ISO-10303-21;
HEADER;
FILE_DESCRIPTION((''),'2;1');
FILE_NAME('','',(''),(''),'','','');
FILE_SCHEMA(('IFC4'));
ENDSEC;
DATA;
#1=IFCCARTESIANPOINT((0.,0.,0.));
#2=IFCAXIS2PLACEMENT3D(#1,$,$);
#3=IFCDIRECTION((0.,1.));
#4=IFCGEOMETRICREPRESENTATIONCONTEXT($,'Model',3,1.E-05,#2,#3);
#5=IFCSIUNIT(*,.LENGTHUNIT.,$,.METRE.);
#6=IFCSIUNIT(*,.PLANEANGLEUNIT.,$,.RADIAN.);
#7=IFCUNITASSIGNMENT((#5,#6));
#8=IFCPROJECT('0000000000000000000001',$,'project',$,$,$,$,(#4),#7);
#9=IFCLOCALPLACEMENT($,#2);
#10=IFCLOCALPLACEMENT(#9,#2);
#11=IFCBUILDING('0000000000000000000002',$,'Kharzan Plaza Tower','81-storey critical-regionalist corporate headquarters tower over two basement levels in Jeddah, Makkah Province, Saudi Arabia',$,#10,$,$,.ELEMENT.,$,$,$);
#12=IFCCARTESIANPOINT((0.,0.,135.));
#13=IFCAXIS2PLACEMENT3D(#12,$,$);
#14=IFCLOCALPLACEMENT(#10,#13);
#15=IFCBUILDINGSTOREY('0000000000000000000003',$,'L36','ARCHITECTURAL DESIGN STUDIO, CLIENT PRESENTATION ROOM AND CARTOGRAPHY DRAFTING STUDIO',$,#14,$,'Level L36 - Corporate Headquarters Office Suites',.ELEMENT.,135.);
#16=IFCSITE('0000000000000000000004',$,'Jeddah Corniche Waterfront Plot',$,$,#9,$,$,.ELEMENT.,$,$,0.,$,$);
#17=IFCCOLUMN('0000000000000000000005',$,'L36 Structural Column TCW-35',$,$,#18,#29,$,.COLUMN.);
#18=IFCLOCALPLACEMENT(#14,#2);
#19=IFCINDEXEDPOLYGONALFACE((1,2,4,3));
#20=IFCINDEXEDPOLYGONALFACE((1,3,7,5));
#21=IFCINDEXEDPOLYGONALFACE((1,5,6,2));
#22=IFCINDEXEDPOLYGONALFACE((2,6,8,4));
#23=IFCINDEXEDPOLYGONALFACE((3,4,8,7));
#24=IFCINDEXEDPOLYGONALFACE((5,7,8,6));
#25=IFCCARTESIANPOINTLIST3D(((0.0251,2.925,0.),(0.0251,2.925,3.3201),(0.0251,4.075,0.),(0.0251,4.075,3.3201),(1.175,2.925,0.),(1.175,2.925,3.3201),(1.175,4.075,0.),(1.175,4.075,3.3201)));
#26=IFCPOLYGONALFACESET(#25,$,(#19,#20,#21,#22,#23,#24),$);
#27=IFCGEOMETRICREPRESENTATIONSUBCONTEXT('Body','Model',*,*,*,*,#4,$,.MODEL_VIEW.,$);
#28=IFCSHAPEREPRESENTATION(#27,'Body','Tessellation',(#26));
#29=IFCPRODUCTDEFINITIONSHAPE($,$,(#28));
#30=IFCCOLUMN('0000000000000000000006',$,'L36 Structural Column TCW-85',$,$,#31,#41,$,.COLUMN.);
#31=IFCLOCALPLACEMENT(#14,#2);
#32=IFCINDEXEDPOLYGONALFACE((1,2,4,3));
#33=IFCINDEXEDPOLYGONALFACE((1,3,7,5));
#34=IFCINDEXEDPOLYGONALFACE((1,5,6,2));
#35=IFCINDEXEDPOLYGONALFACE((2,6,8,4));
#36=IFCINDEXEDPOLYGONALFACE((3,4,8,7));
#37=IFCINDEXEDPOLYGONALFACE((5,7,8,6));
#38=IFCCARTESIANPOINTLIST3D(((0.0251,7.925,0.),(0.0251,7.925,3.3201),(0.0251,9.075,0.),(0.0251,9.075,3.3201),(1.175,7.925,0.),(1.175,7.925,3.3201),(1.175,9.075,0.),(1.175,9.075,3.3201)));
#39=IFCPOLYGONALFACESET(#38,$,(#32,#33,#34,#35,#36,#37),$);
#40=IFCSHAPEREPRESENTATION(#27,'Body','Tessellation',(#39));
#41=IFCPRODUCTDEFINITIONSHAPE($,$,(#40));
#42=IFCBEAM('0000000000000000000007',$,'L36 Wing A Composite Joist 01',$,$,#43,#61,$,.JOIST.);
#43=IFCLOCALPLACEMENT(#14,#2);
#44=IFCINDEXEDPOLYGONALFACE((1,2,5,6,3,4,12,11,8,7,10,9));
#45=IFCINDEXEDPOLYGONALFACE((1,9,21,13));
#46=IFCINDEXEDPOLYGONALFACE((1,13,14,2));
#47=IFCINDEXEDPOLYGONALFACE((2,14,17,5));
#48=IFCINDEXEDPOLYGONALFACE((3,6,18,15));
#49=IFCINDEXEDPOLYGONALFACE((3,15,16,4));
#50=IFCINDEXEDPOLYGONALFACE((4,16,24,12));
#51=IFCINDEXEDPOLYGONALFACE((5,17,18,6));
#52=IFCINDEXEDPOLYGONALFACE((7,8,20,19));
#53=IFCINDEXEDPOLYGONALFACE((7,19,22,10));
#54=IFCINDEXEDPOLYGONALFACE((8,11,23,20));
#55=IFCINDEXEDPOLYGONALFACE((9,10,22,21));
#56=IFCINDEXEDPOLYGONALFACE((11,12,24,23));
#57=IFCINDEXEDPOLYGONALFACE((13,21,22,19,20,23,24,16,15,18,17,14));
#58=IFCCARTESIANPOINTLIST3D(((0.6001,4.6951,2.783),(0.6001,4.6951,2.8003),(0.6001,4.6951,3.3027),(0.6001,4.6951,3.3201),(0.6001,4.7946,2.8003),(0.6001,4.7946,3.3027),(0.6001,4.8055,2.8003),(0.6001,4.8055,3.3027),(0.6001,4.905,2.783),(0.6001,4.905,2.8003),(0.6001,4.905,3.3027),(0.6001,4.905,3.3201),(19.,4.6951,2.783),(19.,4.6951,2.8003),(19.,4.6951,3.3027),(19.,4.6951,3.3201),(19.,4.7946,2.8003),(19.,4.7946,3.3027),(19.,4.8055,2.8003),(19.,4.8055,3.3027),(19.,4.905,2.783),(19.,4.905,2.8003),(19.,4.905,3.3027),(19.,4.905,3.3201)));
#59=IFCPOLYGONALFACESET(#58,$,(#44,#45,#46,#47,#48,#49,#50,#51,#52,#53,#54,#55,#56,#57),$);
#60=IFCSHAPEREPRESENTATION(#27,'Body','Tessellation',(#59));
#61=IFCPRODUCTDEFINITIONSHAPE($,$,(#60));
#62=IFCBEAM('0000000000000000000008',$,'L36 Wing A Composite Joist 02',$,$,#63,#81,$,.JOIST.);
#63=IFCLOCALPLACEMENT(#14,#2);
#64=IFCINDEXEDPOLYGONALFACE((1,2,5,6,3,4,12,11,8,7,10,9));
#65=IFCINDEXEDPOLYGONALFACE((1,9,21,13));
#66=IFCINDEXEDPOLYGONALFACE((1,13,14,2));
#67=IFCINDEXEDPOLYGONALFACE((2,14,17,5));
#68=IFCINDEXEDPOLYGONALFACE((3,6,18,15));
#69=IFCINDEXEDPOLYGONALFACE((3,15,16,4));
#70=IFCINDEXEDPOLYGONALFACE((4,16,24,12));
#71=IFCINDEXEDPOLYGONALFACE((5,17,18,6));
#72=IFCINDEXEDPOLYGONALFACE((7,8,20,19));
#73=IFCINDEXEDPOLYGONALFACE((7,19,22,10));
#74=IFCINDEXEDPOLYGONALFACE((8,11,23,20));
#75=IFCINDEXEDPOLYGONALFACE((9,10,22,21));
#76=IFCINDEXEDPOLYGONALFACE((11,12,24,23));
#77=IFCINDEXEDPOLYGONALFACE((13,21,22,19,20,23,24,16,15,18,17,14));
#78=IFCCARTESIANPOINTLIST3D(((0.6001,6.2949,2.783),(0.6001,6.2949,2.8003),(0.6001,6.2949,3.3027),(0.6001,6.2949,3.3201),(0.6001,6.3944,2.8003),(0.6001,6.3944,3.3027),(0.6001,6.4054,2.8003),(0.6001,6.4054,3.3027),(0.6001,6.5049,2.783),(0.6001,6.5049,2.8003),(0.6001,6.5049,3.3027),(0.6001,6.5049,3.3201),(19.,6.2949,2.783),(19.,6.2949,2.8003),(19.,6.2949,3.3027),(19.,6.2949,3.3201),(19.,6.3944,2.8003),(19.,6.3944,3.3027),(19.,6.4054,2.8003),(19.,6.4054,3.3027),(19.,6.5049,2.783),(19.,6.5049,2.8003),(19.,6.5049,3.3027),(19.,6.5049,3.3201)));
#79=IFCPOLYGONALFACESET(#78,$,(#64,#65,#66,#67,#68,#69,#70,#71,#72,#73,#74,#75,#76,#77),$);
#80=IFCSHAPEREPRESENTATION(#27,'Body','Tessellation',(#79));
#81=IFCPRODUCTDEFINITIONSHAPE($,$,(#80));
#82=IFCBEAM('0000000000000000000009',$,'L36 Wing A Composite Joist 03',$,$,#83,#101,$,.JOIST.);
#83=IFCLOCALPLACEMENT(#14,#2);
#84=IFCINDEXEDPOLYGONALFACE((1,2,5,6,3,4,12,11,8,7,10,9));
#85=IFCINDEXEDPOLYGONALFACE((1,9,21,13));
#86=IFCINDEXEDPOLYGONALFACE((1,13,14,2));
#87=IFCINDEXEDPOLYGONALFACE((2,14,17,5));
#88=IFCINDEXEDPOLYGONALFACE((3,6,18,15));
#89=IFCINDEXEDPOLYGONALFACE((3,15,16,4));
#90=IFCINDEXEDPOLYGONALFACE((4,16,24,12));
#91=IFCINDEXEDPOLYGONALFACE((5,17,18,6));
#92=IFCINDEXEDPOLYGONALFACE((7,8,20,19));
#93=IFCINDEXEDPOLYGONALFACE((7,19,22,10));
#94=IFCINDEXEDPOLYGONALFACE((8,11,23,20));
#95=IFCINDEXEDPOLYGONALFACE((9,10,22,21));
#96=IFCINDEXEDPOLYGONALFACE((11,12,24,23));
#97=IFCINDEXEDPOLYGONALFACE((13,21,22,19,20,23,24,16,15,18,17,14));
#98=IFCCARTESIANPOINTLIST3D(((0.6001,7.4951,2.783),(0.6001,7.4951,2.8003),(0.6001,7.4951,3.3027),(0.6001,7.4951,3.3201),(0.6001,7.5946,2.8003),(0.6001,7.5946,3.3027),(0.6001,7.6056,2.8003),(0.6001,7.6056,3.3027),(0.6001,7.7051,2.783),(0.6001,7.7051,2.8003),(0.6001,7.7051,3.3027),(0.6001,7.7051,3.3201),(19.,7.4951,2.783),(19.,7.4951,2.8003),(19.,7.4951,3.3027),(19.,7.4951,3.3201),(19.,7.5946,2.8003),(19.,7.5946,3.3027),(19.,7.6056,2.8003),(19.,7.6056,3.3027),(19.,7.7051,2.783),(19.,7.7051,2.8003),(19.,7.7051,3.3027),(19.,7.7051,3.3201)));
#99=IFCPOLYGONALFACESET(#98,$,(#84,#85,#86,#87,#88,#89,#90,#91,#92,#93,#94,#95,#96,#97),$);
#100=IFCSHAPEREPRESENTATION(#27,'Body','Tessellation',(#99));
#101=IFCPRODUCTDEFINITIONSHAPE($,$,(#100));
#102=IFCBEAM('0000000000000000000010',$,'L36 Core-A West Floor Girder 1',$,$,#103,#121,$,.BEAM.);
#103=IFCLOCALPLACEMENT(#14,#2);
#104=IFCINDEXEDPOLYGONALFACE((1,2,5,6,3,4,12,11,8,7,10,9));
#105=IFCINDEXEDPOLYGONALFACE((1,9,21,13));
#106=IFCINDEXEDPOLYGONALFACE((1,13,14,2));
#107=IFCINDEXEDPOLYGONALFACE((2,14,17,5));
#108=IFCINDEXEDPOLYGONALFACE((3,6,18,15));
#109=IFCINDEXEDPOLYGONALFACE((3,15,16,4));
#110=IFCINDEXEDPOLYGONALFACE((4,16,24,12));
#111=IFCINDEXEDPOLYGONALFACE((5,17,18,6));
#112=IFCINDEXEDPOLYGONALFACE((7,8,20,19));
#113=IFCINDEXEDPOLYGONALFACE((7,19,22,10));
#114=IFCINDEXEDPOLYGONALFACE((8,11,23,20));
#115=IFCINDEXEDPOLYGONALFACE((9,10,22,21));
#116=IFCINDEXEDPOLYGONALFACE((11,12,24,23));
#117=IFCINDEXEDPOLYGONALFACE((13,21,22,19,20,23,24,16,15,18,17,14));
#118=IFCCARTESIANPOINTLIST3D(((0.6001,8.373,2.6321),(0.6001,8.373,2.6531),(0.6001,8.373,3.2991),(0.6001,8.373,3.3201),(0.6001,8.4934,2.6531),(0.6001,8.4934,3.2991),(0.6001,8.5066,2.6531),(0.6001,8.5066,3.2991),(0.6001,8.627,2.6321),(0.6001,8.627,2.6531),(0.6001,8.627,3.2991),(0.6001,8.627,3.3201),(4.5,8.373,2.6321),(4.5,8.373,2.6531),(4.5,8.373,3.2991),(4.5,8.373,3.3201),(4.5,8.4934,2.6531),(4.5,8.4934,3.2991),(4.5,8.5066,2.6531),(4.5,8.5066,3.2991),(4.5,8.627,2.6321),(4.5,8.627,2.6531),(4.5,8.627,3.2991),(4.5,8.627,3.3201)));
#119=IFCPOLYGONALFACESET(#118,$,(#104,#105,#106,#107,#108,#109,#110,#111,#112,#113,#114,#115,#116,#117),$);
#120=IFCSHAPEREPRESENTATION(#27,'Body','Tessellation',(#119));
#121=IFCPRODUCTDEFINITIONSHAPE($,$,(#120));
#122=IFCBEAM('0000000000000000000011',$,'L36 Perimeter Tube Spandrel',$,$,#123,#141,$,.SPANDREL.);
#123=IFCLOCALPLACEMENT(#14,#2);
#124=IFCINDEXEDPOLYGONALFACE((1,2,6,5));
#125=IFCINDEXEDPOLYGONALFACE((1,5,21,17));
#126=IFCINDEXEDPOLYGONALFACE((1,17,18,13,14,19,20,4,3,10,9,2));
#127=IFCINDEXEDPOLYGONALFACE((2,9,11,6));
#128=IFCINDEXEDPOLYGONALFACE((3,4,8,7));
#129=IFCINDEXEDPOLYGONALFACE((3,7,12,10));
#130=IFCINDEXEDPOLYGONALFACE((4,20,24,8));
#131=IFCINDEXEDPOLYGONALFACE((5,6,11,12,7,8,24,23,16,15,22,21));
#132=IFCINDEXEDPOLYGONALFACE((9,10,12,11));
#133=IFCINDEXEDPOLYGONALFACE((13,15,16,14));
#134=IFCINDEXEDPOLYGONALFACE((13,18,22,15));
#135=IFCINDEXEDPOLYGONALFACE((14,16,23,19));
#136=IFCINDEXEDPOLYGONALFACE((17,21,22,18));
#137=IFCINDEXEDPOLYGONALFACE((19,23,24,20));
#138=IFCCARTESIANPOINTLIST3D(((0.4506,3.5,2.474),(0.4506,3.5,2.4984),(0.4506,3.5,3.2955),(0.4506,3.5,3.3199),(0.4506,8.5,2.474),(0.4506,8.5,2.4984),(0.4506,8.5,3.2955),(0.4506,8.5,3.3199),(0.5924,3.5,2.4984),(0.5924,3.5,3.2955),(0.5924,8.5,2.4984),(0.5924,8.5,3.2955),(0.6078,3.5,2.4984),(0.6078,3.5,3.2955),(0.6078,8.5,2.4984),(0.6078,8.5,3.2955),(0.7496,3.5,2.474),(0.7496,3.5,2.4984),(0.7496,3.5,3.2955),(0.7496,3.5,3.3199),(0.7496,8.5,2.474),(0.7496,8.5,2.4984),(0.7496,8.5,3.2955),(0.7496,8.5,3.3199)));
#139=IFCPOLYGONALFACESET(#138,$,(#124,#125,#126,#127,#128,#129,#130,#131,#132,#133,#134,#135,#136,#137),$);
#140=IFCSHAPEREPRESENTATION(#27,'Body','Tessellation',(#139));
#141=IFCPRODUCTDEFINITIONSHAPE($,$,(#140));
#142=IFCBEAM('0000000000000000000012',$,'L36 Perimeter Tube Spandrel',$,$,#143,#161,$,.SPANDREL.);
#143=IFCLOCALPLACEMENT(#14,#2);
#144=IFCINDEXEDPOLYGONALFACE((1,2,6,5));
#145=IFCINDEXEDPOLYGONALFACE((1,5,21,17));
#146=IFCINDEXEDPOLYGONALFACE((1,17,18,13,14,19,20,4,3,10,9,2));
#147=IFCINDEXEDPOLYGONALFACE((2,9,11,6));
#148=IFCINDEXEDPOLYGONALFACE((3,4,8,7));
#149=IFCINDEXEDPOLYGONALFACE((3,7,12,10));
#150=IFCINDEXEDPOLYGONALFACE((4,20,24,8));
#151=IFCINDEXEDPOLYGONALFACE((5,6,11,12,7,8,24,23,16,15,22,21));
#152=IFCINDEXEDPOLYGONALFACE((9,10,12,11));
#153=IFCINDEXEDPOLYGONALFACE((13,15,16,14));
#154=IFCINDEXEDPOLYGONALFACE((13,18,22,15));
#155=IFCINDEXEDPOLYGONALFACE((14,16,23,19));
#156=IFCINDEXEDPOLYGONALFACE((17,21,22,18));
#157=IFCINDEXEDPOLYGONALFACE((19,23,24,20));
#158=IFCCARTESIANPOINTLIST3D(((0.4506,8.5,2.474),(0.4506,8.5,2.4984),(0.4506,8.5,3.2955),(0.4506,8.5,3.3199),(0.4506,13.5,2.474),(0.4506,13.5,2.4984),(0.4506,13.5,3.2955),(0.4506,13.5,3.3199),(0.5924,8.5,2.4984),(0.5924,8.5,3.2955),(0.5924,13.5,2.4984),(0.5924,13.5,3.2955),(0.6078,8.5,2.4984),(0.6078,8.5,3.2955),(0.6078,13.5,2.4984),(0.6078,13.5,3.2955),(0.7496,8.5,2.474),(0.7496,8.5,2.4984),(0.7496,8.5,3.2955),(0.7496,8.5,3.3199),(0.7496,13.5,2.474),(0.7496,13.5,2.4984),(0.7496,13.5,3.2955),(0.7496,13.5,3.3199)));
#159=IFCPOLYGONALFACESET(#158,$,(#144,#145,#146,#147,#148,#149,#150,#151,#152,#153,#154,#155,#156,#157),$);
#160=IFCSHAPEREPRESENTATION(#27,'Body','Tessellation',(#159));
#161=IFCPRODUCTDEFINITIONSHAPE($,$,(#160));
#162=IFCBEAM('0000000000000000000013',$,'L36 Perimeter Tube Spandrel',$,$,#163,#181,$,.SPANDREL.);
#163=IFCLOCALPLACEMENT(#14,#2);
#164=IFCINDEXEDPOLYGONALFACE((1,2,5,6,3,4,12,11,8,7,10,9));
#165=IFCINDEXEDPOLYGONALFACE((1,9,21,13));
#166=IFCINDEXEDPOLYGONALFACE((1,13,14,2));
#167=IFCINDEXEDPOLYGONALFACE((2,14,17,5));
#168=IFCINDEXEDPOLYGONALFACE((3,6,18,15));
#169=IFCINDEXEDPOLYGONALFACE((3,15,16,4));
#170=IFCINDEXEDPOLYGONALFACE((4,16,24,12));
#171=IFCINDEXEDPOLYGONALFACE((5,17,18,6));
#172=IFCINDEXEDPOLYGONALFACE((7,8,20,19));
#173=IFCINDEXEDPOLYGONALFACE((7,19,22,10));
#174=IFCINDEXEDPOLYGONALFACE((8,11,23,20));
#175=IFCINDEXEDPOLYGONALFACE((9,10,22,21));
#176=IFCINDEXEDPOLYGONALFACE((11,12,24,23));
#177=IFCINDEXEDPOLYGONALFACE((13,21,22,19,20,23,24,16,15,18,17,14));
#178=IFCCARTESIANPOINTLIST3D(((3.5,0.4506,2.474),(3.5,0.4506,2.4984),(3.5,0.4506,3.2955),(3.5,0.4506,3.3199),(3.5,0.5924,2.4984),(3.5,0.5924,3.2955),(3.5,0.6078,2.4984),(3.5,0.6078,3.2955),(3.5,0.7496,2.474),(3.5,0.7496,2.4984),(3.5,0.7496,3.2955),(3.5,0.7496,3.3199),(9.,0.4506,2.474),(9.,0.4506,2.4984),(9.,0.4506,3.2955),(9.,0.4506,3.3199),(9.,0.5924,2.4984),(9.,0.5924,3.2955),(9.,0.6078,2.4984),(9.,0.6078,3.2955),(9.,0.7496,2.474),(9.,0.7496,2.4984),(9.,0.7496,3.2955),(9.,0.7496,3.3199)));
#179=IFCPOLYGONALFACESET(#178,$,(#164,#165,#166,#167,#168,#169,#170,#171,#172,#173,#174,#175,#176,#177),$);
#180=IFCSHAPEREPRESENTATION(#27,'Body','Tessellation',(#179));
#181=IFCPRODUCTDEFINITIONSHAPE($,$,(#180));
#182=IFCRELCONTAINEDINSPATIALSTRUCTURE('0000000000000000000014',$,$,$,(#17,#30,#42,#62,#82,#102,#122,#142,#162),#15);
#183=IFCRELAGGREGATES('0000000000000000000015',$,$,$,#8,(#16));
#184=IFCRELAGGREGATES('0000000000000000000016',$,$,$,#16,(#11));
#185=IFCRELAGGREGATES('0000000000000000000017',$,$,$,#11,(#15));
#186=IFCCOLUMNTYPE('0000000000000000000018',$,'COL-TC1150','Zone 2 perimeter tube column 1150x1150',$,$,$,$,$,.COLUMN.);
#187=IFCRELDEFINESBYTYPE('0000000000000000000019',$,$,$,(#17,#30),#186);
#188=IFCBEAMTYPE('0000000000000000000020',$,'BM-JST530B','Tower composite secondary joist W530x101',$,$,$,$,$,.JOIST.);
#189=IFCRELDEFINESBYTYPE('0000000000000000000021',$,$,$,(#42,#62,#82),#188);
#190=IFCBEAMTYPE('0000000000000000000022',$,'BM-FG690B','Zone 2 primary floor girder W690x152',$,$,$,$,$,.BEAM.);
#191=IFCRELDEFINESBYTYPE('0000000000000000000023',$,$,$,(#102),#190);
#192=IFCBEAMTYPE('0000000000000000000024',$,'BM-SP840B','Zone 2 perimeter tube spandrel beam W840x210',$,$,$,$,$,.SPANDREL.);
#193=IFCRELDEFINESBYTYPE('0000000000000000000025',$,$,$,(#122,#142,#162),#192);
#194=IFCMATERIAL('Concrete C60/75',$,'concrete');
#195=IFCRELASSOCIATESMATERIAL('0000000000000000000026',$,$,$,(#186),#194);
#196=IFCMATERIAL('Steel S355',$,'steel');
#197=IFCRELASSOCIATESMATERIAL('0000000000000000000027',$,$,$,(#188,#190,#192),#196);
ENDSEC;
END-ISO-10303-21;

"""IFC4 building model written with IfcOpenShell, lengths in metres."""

from ifc_helpers import new_model, si_unit, direction, frame, origin, origin_2d, place, context, subcontext, project, spatial, rectangle, i_section, extrude, source, transform, mapped, material, material_profile, profile_set, type_object, element, save


model = new_model("IFC4")

# Units and contexts
model_context = context("Model", 3, precision=1e-05, world=origin(), true_north=direction((0.0, 1.0)))
body_context = subcontext(model_context, "Body", "Model", "MODEL_VIEW")
ifc_project = project(units=[si_unit("LENGTHUNIT", "METRE"), si_unit("PLANEANGLEUNIT", "RADIAN")], contexts=[model_context])

# Site, building, storey
site_placement = place(None, origin())
site = spatial("IfcSite", under=ifc_project, at=site_placement, Name="Jeddah Corniche Waterfront Plot", CompositionType="ELEMENT", RefElevation=0.0)
building_placement = place(site_placement, origin())
building = spatial("IfcBuilding", under=site, at=building_placement, Name="Kharzan Plaza Tower", Description="81-storey critical-regionalist corporate headquarters tower over two basement levels in Jeddah, Makkah Province, Saudi Arabia", CompositionType="ELEMENT")
storey_placement = place(building_placement, frame((0.0, 0.0, 135.0)))
storey = spatial("IfcBuildingStorey", under=building, at=storey_placement, Name="L36", Description="ARCHITECTURAL DESIGN STUDIO, CLIENT PRESENTATION ROOM AND CARTOGRAPHY DRAFTING STUDIO", LongName="Level L36 - Corporate Headquarters Office Suites", CompositionType="ELEMENT", Elevation=135.0)

# Columns
ifc_material_1 = material(Name="Concrete C60/75", Category="concrete")
ifc_material_profile_1 = material_profile(ifc_material_1, rectangle(XDim=1.1499, YDim=1.1499, at=origin_2d()), Name="RC-TC1150x1150")
ifc_profile_set_1 = profile_set([ifc_material_profile_1], Name="Concrete C60/75")
column_type = type_object("IfcColumnType", Name="COL-TC1150", Description="Zone 2 perimeter tube column 1150x1150", PredefinedType="COLUMN", material=ifc_profile_set_1)
shared_shape_1 = source(origin(), body_context, "Body", "SweptSolid", [
    extrude(rectangle(XDim=1.1499, YDim=1.1499, at=origin_2d()), origin(), (0.0, 0.0, 1.0), 3.3201),
])
for number, where, z_axis, x_axis, name in (
    (1, (0.6001, 3.5, 0.0), (0.0, 0.0, 1.0), (1.0, 0.0, 0.0), "L36 Structural Column TCW-35"),
    (2, (0.6001, 8.5, 0.0), (0.0, 0.0, 1.0), (1.0, 0.0, 0.0), "L36 Structural Column TCW-85"),
):
    element("IfcColumn", number, at=place(storey_placement, frame(where, z_axis=z_axis, x_axis=x_axis)), inside=storey, type_object=column_type, Name=name, PredefinedType="COLUMN", context=body_context, shape_type="MappedRepresentation", body=[
        mapped(shared_shape_1, transform((0.0, 0.0, 0.0), x_axis=(1.0, 0.0, 0.0), y_axis=(0.0, 1.0, 0.0), z_axis=(0.0, 0.0, 1.0))),
    ])

# Beams
ifc_material_2 = material(Name="Steel S355", Category="steel")
ifc_material_profile_2 = material_profile(ifc_material_2, i_section(OverallWidth=0.21, OverallDepth=0.5371, WebThickness=0.011, FlangeThickness=0.0173, at=origin_2d()), Name="W530x101")
ifc_profile_set_2 = profile_set([ifc_material_profile_2], Name="Steel S355")
beam_type_1 = type_object("IfcBeamType", Name="BM-JST530B", Description="Tower composite secondary joist W530x101", PredefinedType="JOIST", material=ifc_profile_set_2)
shared_shape_2 = source(origin(), body_context, "Body", "SweptSolid", [
    extrude(i_section(OverallWidth=0.21, OverallDepth=0.5371, WebThickness=0.011, FlangeThickness=0.0173, at=origin_2d()), origin(), (0.0, 0.0, 1.0), 18.3999),
])
for number, where, z_axis, x_axis, name in (
    (3, (0.6001, 4.8, 3.0515), (1.0, 0.0, 0.0), (0.0, 1.0, 0.0), "L36 Wing A Composite Joist 01"),
    (4, (0.6001, 6.3999, 3.0515), (1.0, 0.0, 0.0), (0.0, 1.0, 0.0), "L36 Wing A Composite Joist 02"),
    (5, (0.6001, 7.6001, 3.0515), (1.0, 0.0, 0.0), (0.0, 1.0, 0.0), "L36 Wing A Composite Joist 03"),
):
    element("IfcBeam", number, at=place(storey_placement, frame(where, z_axis=z_axis, x_axis=x_axis)), inside=storey, type_object=beam_type_1, Name=name, PredefinedType="JOIST", context=body_context, shape_type="MappedRepresentation", body=[
        mapped(shared_shape_2, transform((0.0, 0.0, 0.0), x_axis=(1.0, 0.0, 0.0), y_axis=(0.0, 1.0, 0.0), z_axis=(0.0, 0.0, 1.0))),
    ])
ifc_material_profile_3 = material_profile(ifc_material_2, i_section(OverallWidth=0.2539, OverallDepth=0.688, WebThickness=0.0132, FlangeThickness=0.021, at=origin_2d()), Name="W690x152")
ifc_profile_set_3 = profile_set([ifc_material_profile_3], Name="Steel S355")
beam_type_2 = type_object("IfcBeamType", Name="BM-FG690B", Description="Zone 2 primary floor girder W690x152", PredefinedType="BEAM", material=ifc_profile_set_3)
shared_shape_3 = source(origin(), body_context, "Body", "SweptSolid", [
    extrude(i_section(OverallWidth=0.2539, OverallDepth=0.688, WebThickness=0.0132, FlangeThickness=0.021, at=origin_2d()), origin(), (0.0, 0.0, 1.0), 3.8999),
])
beam_1_placement = place(storey_placement, frame((0.6001, 8.5, 2.9761), z_axis=(1.0, 0.0, 0.0), x_axis=(0.0, 1.0, 0.0)))
element("IfcBeam", 6, at=beam_1_placement, inside=storey, type_object=beam_type_2, Name="L36 Core-A West Floor Girder 1", PredefinedType="BEAM", context=body_context, shape_type="MappedRepresentation", body=[
    mapped(shared_shape_3, transform((0.0, 0.0, 0.0), x_axis=(1.0, 0.0, 0.0), y_axis=(0.0, 1.0, 0.0), z_axis=(0.0, 0.0, 1.0))),
])
ifc_material_profile_4 = material_profile(ifc_material_2, i_section(OverallWidth=0.2991, OverallDepth=0.8459, WebThickness=0.0154, FlangeThickness=0.0244, at=origin_2d()), Name="W840x210")
ifc_profile_set_4 = profile_set([ifc_material_profile_4], Name="Steel S355")
beam_type_3 = type_object("IfcBeamType", Name="BM-SP840B", Description="Zone 2 perimeter tube spandrel beam W840x210", PredefinedType="SPANDREL", material=ifc_profile_set_4)
shared_shape_4 = source(origin(), body_context, "Body", "SweptSolid", [
    extrude(i_section(OverallWidth=0.2991, OverallDepth=0.8459, WebThickness=0.0154, FlangeThickness=0.0244, at=origin_2d()), origin(), (0.0, 0.0, 1.0), 5.0),
])
for number, where, z_axis, x_axis, name in (
    (7, (0.6001, 3.5, 2.897), (0.0, 1.0, 0.0), (-1.0, 0.0, 0.0), "L36 Perimeter Tube Spandrel"),
    (8, (0.6001, 8.5, 2.897), (0.0, 1.0, 0.0), (-1.0, 0.0, 0.0), "L36 Perimeter Tube Spandrel"),
):
    element("IfcBeam", number, at=place(storey_placement, frame(where, z_axis=z_axis, x_axis=x_axis)), inside=storey, type_object=beam_type_3, Name=name, PredefinedType="SPANDREL", context=body_context, shape_type="MappedRepresentation", body=[
        mapped(shared_shape_4, transform((0.0, 0.0, 0.0), x_axis=(1.0, 0.0, 0.0), y_axis=(0.0, 1.0, 0.0), z_axis=(0.0, 0.0, 1.0))),
    ])
shared_shape_5 = source(origin(), body_context, "Body", "SweptSolid", [
    extrude(i_section(OverallWidth=0.2991, OverallDepth=0.8459, WebThickness=0.0154, FlangeThickness=0.0244, at=origin_2d()), origin(), (0.0, 0.0, 1.0), 5.5),
])
beam_2_placement = place(storey_placement, frame((3.5, 0.6001, 2.897), z_axis=(1.0, 0.0, 0.0), x_axis=(0.0, 1.0, 0.0)))
element("IfcBeam", 9, at=beam_2_placement, inside=storey, type_object=beam_type_3, Name="L36 Perimeter Tube Spandrel", PredefinedType="SPANDREL", context=body_context, shape_type="MappedRepresentation", body=[
    mapped(shared_shape_5, transform((0.0, 0.0, 0.0), x_axis=(1.0, 0.0, 0.0), y_axis=(0.0, 1.0, 0.0), z_axis=(0.0, 0.0, 1.0))),
])

save(model, "model.ifc")
